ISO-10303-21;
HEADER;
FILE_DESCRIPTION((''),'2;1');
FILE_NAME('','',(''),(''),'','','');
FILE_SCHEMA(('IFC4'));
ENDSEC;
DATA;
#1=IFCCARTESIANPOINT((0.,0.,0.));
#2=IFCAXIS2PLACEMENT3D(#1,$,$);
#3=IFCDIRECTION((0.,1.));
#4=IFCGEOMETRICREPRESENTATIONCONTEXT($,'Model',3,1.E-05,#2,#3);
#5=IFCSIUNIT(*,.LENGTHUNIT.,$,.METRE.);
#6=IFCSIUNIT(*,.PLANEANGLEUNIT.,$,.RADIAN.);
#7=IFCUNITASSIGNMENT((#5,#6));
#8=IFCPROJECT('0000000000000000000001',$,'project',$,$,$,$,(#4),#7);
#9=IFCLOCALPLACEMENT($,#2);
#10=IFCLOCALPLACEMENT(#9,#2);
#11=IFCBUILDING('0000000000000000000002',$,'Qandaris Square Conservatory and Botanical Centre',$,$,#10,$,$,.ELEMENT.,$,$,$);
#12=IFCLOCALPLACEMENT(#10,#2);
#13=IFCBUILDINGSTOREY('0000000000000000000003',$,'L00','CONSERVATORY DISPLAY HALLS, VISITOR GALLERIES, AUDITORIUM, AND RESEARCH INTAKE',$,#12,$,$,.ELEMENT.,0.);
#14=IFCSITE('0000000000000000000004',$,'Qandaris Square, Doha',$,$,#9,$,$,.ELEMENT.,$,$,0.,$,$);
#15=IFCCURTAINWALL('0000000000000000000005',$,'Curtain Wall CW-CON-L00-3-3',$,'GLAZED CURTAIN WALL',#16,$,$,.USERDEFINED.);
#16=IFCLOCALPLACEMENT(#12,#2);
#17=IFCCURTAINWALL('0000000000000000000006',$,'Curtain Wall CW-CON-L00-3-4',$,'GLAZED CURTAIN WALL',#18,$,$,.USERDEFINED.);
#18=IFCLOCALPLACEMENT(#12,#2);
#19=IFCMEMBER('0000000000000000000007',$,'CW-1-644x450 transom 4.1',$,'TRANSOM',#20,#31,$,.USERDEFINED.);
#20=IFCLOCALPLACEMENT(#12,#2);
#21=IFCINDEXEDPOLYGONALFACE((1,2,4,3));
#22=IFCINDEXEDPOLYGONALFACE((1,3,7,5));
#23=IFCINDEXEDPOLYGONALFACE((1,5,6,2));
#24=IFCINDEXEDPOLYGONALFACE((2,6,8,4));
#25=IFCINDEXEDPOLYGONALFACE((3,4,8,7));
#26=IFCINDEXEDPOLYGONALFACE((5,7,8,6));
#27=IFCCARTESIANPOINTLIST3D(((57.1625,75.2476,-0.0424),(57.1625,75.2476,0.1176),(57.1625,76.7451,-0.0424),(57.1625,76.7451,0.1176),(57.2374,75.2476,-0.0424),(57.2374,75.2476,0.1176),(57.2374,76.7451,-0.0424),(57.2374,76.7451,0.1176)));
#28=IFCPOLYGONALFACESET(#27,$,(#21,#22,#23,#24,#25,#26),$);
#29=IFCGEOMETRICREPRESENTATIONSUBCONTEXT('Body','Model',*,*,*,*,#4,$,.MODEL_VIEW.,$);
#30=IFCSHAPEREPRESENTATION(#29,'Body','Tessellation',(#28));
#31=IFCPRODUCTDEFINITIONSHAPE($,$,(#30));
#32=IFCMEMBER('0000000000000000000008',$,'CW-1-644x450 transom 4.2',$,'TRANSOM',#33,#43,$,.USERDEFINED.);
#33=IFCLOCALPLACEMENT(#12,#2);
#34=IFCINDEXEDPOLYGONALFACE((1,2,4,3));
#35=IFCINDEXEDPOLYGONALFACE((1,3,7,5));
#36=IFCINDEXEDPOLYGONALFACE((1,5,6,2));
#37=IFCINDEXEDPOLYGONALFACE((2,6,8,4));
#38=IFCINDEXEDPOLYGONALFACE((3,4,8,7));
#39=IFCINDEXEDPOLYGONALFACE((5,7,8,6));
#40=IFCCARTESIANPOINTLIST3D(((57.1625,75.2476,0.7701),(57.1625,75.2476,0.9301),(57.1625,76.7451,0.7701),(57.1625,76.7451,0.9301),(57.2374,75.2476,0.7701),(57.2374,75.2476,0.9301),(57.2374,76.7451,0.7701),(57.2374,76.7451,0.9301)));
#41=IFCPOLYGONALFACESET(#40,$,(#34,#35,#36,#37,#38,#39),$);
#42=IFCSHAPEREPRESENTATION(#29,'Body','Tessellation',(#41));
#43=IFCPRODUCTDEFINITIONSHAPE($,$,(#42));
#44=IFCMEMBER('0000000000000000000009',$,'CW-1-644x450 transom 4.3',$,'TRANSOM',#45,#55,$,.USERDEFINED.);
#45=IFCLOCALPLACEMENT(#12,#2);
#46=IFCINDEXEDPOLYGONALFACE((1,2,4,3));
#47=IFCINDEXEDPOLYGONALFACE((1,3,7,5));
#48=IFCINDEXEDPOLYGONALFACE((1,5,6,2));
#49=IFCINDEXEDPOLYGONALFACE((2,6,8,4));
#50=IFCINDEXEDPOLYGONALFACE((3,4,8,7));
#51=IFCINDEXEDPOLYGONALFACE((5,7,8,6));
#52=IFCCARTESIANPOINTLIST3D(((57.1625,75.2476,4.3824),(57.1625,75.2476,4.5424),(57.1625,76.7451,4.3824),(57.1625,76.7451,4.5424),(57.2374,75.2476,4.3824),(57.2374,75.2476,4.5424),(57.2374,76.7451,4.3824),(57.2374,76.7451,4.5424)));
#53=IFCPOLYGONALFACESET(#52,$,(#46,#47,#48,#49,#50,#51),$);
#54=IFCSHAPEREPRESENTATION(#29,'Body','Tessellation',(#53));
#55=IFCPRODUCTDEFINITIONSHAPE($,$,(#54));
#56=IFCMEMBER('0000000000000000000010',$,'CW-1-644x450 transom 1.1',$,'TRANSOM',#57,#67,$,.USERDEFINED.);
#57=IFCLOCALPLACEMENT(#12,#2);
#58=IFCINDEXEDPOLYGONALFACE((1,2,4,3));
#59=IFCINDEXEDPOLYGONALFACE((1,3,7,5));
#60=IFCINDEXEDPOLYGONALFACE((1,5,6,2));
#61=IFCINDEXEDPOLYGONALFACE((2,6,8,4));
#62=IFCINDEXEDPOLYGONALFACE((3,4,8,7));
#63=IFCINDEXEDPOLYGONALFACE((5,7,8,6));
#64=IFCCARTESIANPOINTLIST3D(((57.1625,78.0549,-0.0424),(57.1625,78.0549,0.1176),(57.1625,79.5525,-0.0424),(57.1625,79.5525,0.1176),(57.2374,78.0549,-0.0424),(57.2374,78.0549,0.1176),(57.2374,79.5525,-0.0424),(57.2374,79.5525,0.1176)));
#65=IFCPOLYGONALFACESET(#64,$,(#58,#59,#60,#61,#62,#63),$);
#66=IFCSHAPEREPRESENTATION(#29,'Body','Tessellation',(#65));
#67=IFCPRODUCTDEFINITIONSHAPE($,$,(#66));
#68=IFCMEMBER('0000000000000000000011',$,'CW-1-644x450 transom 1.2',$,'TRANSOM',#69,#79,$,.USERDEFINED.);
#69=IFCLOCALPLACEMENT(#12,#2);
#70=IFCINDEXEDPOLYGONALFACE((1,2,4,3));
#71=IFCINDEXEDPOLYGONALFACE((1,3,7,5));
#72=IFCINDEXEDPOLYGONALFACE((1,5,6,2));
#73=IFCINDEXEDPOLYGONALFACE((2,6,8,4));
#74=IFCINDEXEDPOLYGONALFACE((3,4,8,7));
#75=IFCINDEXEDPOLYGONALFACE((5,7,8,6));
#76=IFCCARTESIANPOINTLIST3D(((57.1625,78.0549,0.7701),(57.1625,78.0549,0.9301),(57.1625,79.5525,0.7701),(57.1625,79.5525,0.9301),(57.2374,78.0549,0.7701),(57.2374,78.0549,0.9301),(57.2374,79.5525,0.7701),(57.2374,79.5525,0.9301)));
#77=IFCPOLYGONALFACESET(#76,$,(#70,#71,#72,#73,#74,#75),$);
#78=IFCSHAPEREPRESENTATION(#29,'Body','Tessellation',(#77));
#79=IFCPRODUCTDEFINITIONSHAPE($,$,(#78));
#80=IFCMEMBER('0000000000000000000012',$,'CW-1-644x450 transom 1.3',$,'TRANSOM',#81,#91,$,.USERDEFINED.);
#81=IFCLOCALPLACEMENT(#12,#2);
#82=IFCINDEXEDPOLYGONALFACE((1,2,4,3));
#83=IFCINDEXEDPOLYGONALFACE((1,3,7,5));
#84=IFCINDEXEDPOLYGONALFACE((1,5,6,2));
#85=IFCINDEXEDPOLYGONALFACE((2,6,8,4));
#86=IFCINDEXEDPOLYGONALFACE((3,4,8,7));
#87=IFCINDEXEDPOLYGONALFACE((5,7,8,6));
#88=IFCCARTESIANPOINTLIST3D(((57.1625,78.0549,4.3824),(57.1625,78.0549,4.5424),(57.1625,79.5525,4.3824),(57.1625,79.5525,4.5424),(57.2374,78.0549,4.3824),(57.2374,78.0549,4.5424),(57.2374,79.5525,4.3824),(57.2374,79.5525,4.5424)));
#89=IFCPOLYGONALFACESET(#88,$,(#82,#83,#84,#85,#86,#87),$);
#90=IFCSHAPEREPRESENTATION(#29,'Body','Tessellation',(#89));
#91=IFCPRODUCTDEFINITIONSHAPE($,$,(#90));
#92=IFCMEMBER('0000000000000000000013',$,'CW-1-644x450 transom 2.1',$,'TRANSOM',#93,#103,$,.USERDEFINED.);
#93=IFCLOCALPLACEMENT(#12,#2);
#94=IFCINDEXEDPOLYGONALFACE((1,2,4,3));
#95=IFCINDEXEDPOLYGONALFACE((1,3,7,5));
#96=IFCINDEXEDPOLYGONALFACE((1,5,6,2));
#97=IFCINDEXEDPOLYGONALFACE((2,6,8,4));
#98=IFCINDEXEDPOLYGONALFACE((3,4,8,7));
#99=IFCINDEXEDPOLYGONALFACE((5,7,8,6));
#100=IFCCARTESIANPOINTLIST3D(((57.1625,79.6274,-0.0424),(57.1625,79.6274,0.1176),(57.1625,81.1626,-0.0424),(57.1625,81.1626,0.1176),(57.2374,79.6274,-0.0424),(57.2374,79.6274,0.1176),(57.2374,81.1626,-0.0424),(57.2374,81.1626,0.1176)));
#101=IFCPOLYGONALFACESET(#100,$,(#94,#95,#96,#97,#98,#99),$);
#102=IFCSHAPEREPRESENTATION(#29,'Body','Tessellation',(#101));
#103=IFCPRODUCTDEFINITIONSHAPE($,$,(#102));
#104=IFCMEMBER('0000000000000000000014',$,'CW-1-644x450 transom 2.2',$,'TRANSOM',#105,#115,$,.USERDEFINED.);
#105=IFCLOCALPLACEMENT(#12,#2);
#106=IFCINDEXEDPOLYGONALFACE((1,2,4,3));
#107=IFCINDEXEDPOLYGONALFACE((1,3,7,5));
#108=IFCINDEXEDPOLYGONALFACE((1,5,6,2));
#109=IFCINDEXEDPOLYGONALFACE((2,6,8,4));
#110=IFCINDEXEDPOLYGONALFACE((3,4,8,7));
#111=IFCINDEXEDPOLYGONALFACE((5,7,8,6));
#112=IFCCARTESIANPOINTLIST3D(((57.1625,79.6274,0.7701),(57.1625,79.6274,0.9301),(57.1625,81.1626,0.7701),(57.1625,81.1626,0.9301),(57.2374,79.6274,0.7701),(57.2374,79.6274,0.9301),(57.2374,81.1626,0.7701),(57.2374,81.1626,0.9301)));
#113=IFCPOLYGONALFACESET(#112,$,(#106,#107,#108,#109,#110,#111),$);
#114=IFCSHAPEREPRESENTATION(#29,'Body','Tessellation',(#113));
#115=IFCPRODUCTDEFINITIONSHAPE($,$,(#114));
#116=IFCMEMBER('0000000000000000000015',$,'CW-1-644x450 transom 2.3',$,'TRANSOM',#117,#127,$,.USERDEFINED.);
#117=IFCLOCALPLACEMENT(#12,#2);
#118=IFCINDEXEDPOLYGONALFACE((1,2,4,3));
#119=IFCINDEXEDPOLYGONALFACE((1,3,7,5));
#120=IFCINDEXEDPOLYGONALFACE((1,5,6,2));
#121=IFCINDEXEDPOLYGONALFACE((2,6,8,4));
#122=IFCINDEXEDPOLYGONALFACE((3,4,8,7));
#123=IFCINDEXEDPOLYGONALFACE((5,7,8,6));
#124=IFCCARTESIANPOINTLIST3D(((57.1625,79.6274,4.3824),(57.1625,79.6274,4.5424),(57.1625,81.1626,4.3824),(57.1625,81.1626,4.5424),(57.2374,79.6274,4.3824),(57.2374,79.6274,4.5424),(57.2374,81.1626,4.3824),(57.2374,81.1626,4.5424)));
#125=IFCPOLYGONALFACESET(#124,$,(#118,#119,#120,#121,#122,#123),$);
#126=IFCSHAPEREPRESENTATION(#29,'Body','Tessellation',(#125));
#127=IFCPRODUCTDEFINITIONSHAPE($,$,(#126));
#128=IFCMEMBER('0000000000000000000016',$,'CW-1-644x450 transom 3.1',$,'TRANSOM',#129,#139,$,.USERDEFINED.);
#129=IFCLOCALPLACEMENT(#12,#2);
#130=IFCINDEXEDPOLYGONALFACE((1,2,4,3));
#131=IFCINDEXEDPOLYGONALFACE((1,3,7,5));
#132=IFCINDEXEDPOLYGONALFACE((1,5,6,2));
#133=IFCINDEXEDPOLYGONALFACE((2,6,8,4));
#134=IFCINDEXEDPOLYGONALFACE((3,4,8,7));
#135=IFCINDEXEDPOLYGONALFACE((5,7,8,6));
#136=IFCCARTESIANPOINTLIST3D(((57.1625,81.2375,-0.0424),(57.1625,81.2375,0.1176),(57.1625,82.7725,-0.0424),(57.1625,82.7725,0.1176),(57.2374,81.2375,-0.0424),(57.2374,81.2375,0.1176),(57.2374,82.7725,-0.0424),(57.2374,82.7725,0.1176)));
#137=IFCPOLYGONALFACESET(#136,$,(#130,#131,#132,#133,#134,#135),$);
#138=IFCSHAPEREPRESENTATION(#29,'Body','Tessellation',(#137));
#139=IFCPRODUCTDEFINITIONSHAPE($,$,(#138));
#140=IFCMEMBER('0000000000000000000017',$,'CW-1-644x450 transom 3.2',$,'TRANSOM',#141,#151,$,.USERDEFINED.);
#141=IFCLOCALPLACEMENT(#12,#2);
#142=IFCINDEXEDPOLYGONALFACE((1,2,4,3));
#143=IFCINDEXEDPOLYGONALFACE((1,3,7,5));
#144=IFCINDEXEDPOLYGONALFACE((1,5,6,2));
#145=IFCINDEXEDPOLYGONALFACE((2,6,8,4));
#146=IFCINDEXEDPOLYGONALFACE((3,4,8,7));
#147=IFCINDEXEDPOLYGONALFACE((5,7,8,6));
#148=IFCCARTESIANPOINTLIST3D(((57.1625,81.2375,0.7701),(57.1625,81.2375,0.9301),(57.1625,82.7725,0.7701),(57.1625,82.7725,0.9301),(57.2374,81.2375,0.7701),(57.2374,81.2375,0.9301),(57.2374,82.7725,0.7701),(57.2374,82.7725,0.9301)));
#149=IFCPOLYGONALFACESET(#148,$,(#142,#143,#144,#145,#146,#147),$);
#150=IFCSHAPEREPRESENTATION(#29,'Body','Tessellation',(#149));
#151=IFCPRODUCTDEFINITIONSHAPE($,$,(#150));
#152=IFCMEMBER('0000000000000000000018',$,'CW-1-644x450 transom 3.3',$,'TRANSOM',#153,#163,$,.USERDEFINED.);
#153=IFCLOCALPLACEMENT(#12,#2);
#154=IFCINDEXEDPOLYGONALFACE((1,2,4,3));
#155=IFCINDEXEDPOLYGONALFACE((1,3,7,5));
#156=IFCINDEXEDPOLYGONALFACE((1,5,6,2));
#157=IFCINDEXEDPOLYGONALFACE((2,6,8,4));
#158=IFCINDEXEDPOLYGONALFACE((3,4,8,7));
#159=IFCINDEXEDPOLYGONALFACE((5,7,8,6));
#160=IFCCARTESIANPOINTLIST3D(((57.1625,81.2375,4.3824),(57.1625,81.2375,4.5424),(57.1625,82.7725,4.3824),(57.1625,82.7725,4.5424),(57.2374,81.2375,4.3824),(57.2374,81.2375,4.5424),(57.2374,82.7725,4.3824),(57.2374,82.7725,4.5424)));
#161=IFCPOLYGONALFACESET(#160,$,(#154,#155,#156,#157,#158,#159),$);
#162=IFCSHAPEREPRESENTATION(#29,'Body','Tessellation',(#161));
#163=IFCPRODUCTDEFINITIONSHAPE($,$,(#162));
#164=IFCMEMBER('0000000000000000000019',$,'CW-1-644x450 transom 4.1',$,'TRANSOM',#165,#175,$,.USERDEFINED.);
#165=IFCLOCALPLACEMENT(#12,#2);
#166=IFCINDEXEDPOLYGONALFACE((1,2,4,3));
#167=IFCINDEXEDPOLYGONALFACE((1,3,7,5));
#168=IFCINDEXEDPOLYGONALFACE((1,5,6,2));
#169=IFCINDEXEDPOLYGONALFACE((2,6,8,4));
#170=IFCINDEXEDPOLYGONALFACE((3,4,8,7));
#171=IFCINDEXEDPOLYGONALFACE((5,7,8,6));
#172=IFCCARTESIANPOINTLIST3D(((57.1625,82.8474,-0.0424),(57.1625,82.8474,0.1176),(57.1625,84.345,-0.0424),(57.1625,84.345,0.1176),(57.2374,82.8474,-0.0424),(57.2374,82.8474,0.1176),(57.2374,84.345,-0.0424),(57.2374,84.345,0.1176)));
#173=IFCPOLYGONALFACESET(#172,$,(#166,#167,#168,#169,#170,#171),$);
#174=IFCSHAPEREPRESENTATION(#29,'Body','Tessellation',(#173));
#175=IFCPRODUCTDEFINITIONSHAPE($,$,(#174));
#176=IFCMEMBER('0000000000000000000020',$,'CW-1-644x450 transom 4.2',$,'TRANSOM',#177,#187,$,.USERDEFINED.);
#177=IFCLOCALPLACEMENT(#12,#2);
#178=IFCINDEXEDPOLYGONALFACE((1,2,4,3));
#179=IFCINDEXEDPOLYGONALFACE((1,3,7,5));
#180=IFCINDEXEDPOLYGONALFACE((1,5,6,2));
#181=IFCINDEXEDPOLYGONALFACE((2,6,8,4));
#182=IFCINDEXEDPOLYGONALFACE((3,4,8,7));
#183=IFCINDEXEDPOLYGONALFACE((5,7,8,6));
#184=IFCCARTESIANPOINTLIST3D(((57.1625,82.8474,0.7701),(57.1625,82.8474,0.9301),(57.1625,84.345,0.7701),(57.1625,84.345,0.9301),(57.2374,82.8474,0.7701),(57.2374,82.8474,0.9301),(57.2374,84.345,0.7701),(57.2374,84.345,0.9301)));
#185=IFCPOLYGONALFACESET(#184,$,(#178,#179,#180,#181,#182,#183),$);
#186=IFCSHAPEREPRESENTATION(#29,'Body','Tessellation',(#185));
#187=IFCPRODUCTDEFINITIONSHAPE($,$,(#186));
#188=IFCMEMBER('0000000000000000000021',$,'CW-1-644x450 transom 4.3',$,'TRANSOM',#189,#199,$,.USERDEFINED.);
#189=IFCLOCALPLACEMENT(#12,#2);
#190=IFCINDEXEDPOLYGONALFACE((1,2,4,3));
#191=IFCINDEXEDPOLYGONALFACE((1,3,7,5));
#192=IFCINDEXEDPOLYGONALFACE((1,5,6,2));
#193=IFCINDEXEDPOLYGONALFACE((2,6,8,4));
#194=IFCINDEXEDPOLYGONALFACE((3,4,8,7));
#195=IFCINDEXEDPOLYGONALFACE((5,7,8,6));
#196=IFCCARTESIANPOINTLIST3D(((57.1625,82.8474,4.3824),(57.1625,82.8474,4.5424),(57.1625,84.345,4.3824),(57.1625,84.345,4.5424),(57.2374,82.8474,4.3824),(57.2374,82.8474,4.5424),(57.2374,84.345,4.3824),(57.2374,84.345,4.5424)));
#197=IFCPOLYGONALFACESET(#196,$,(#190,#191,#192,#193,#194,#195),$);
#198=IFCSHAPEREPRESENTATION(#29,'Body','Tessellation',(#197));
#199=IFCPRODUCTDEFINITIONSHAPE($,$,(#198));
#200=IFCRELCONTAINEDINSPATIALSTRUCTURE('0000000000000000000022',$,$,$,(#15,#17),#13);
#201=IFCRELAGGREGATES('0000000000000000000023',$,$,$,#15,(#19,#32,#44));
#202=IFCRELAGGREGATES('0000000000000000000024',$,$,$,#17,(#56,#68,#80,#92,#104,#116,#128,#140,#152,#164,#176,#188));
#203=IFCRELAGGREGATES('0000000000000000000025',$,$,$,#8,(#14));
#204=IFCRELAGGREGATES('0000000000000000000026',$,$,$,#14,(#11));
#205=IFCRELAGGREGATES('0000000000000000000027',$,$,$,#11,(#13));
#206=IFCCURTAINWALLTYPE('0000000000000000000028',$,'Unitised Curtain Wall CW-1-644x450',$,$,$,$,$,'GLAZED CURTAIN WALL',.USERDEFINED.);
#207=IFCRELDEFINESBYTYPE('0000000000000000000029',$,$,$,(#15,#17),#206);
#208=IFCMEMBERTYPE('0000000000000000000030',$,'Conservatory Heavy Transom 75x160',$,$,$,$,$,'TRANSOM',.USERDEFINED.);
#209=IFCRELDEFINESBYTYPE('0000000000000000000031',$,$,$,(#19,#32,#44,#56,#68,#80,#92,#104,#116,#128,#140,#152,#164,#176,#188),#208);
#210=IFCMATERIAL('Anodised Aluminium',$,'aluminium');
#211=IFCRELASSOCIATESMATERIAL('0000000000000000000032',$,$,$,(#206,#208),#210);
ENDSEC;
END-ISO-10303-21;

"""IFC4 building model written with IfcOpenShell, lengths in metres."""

from ifc_helpers import new_model, si_unit, direction, frame, origin, origin_2d, place, context, subcontext, project, spatial, rectangle, extrude, material, material_profile, profile_set, type_object, element, aggregate, save


model = new_model("IFC4")

# Units and contexts
model_context = context("Model", 3, precision=1e-05, world=origin(), true_north=direction((0.0, 1.0)))
body_context = subcontext(model_context, "Body", "Model", "MODEL_VIEW")
ifc_project = project(units=[si_unit("LENGTHUNIT", "METRE"), si_unit("PLANEANGLEUNIT", "RADIAN")], contexts=[model_context])

# Site, building, storey
site_placement = place(None, origin())
site = spatial("IfcSite", under=ifc_project, at=site_placement, Name="Qandaris Square, Doha", CompositionType="ELEMENT", RefElevation=0.0)
building_placement = place(site_placement, origin())
building = spatial("IfcBuilding", under=site, at=building_placement, Name="Qandaris Square Conservatory and Botanical Centre", CompositionType="ELEMENT")
storey_placement = place(building_placement, origin())
storey = spatial("IfcBuildingStorey", under=building, at=storey_placement, Name="L00", Description="CONSERVATORY DISPLAY HALLS, VISITOR GALLERIES, AUDITORIUM, AND RESEARCH INTAKE", CompositionType="ELEMENT", Elevation=0.0)

# Curtain walls
ifc_material_1 = material(Name="Anodised Aluminium", Category="aluminium")
curtain_wall_type = type_object("IfcCurtainWallType", Name="Unitised Curtain Wall CW-1-644x450", ElementType="GLAZED CURTAIN WALL", PredefinedType="USERDEFINED", material=ifc_material_1)
curtain_wall_1_placement = place(storey_placement, origin())
curtain_wall_1 = element("IfcCurtainWall", 1, at=curtain_wall_1_placement, inside=storey, type_object=curtain_wall_type, Name="Curtain Wall CW-CON-L00-3-3", ObjectType="GLAZED CURTAIN WALL", PredefinedType="USERDEFINED")
curtain_wall_2_placement = place(storey_placement, origin())
curtain_wall_2 = element("IfcCurtainWall", 2, at=curtain_wall_2_placement, inside=storey, type_object=curtain_wall_type, Name="Curtain Wall CW-CON-L00-3-4", ObjectType="GLAZED CURTAIN WALL", PredefinedType="USERDEFINED")

# Members
ifc_material_profile_1 = material_profile(ifc_material_1, rectangle(XDim=0.075, YDim=0.1599, at=origin_2d()), Name="ALU-TRN 75x160")
ifc_profile_set_1 = profile_set([ifc_material_profile_1], Name="Anodised Aluminium")
member_type_1 = type_object("IfcMemberType", Name="Conservatory Heavy Transom 75x160", ElementType="TRANSOM", PredefinedType="USERDEFINED", material=ifc_profile_set_1)
member_1_placement = place(storey_placement, frame((57.2, 75.2476, 0.0376), z_axis=(0.0, 1.0, 0.0), x_axis=(-1.0, 0.0, 0.0)))
member_1 = element("IfcMember", 3, at=member_1_placement, type_object=member_type_1, Name="CW-1-644x450 transom 4.1", ObjectType="TRANSOM", PredefinedType="USERDEFINED", context=body_context, shape_type="SweptSolid", body=[
    extrude(rectangle(XDim=0.075, YDim=0.1599, at=origin_2d()), origin(), (0.0, 0.0, 1.0), 1.4976),
])
member_2_placement = place(storey_placement, frame((57.2, 75.2476, 0.8501), z_axis=(0.0, 1.0, 0.0), x_axis=(-1.0, 0.0, 0.0)))
member_2 = element("IfcMember", 4, at=member_2_placement, type_object=member_type_1, Name="CW-1-644x450 transom 4.2", ObjectType="TRANSOM", PredefinedType="USERDEFINED", context=body_context, shape_type="SweptSolid", body=[
    extrude(rectangle(XDim=0.075, YDim=0.1599, at=origin_2d()), origin(), (0.0, 0.0, 1.0), 1.4976),
])
member_3_placement = place(storey_placement, frame((57.2, 75.2476, 4.4624), z_axis=(0.0, 1.0, 0.0), x_axis=(-1.0, 0.0, 0.0)))
member_3 = element("IfcMember", 5, at=member_3_placement, type_object=member_type_1, Name="CW-1-644x450 transom 4.3", ObjectType="TRANSOM", PredefinedType="USERDEFINED", context=body_context, shape_type="SweptSolid", body=[
    extrude(rectangle(XDim=0.075, YDim=0.1599, at=origin_2d()), origin(), (0.0, 0.0, 1.0), 1.4976),
])
member_4_placement = place(storey_placement, frame((57.2, 78.0549, 0.0376), z_axis=(0.0, 1.0, 0.0), x_axis=(-1.0, 0.0, 0.0)))
member_4 = element("IfcMember", 6, at=member_4_placement, type_object=member_type_1, Name="CW-1-644x450 transom 1.1", ObjectType="TRANSOM", PredefinedType="USERDEFINED", context=body_context, shape_type="SweptSolid", body=[
    extrude(rectangle(XDim=0.075, YDim=0.1599, at=origin_2d()), origin(), (0.0, 0.0, 1.0), 1.4976),
])
member_5_placement = place(storey_placement, frame((57.2, 78.0549, 0.8501), z_axis=(0.0, 1.0, 0.0), x_axis=(-1.0, 0.0, 0.0)))
member_5 = element("IfcMember", 7, at=member_5_placement, type_object=member_type_1, Name="CW-1-644x450 transom 1.2", ObjectType="TRANSOM", PredefinedType="USERDEFINED", context=body_context, shape_type="SweptSolid", body=[
    extrude(rectangle(XDim=0.075, YDim=0.1599, at=origin_2d()), origin(), (0.0, 0.0, 1.0), 1.4976),
])
member_6_placement = place(storey_placement, frame((57.2, 78.0549, 4.4624), z_axis=(0.0, 1.0, 0.0), x_axis=(-1.0, 0.0, 0.0)))
member_6 = element("IfcMember", 8, at=member_6_placement, type_object=member_type_1, Name="CW-1-644x450 transom 1.3", ObjectType="TRANSOM", PredefinedType="USERDEFINED", context=body_context, shape_type="SweptSolid", body=[
    extrude(rectangle(XDim=0.075, YDim=0.1599, at=origin_2d()), origin(), (0.0, 0.0, 1.0), 1.4976),
])
member_7_placement = place(storey_placement, frame((57.2, 79.6274, 0.0376), z_axis=(0.0, 1.0, 0.0), x_axis=(-1.0, 0.0, 0.0)))
member_7 = element("IfcMember", 9, at=member_7_placement, type_object=member_type_1, Name="CW-1-644x450 transom 2.1", ObjectType="TRANSOM", PredefinedType="USERDEFINED", context=body_context, shape_type="SweptSolid", body=[
    extrude(rectangle(XDim=0.075, YDim=0.1599, at=origin_2d()), origin(), (0.0, 0.0, 1.0), 1.5352),
])
member_8_placement = place(storey_placement, frame((57.2, 79.6274, 0.8501), z_axis=(0.0, 1.0, 0.0), x_axis=(-1.0, 0.0, 0.0)))
member_8 = element("IfcMember", 10, at=member_8_placement, type_object=member_type_1, Name="CW-1-644x450 transom 2.2", ObjectType="TRANSOM", PredefinedType="USERDEFINED", context=body_context, shape_type="SweptSolid", body=[
    extrude(rectangle(XDim=0.075, YDim=0.1599, at=origin_2d()), origin(), (0.0, 0.0, 1.0), 1.5352),
])
member_9_placement = place(storey_placement, frame((57.2, 79.6274, 4.4624), z_axis=(0.0, 1.0, 0.0), x_axis=(-1.0, 0.0, 0.0)))
member_9 = element("IfcMember", 11, at=member_9_placement, type_object=member_type_1, Name="CW-1-644x450 transom 2.3", ObjectType="TRANSOM", PredefinedType="USERDEFINED", context=body_context, shape_type="SweptSolid", body=[
    extrude(rectangle(XDim=0.075, YDim=0.1599, at=origin_2d()), origin(), (0.0, 0.0, 1.0), 1.5352),
])
member_10_placement = place(storey_placement, frame((57.2, 81.2375, 0.0376), z_axis=(0.0, 1.0, 0.0), x_axis=(-1.0, 0.0, 0.0)))
member_10 = element("IfcMember", 12, at=member_10_placement, type_object=member_type_1, Name="CW-1-644x450 transom 3.1", ObjectType="TRANSOM", PredefinedType="USERDEFINED", context=body_context, shape_type="SweptSolid", body=[
    extrude(rectangle(XDim=0.075, YDim=0.1599, at=origin_2d()), origin(), (0.0, 0.0, 1.0), 1.5349),
])
member_11_placement = place(storey_placement, frame((57.2, 81.2375, 0.8501), z_axis=(0.0, 1.0, 0.0), x_axis=(-1.0, 0.0, 0.0)))
member_11 = element("IfcMember", 13, at=member_11_placement, type_object=member_type_1, Name="CW-1-644x450 transom 3.2", ObjectType="TRANSOM", PredefinedType="USERDEFINED", context=body_context, shape_type="SweptSolid", body=[
    extrude(rectangle(XDim=0.075, YDim=0.1599, at=origin_2d()), origin(), (0.0, 0.0, 1.0), 1.5349),
])
member_12_placement = place(storey_placement, frame((57.2, 81.2375, 4.4624), z_axis=(0.0, 1.0, 0.0), x_axis=(-1.0, 0.0, 0.0)))
member_12 = element("IfcMember", 14, at=member_12_placement, type_object=member_type_1, Name="CW-1-644x450 transom 3.3", ObjectType="TRANSOM", PredefinedType="USERDEFINED", context=body_context, shape_type="SweptSolid", body=[
    extrude(rectangle(XDim=0.075, YDim=0.1599, at=origin_2d()), origin(), (0.0, 0.0, 1.0), 1.5349),
])
member_13_placement = place(storey_placement, frame((57.2, 82.8474, 0.0376), z_axis=(0.0, 1.0, 0.0), x_axis=(-1.0, 0.0, 0.0)))
member_13 = element("IfcMember", 15, at=member_13_placement, type_object=member_type_1, Name="CW-1-644x450 transom 4.1", ObjectType="TRANSOM", PredefinedType="USERDEFINED", context=body_context, shape_type="SweptSolid", body=[
    extrude(rectangle(XDim=0.075, YDim=0.1599, at=origin_2d()), origin(), (0.0, 0.0, 1.0), 1.4976),
])
member_14_placement = place(storey_placement, frame((57.2, 82.8474, 0.8501), z_axis=(0.0, 1.0, 0.0), x_axis=(-1.0, 0.0, 0.0)))
member_14 = element("IfcMember", 16, at=member_14_placement, type_object=member_type_1, Name="CW-1-644x450 transom 4.2", ObjectType="TRANSOM", PredefinedType="USERDEFINED", context=body_context, shape_type="SweptSolid", body=[
    extrude(rectangle(XDim=0.075, YDim=0.1599, at=origin_2d()), origin(), (0.0, 0.0, 1.0), 1.4976),
])
member_15_placement = place(storey_placement, frame((57.2, 82.8474, 4.4624), z_axis=(0.0, 1.0, 0.0), x_axis=(-1.0, 0.0, 0.0)))
member_15 = element("IfcMember", 17, at=member_15_placement, type_object=member_type_1, Name="CW-1-644x450 transom 4.3", ObjectType="TRANSOM", PredefinedType="USERDEFINED", context=body_context, shape_type="SweptSolid", body=[
    extrude(rectangle(XDim=0.075, YDim=0.1599, at=origin_2d()), origin(), (0.0, 0.0, 1.0), 1.4976),
])

aggregate(curtain_wall_1, [member_1, member_2, member_3])
aggregate(curtain_wall_2, [member_4, member_5, member_6, member_7, member_8, member_9, member_10, member_11, member_12, member_13, member_14, member_15])

save(model, "model.ifc")
